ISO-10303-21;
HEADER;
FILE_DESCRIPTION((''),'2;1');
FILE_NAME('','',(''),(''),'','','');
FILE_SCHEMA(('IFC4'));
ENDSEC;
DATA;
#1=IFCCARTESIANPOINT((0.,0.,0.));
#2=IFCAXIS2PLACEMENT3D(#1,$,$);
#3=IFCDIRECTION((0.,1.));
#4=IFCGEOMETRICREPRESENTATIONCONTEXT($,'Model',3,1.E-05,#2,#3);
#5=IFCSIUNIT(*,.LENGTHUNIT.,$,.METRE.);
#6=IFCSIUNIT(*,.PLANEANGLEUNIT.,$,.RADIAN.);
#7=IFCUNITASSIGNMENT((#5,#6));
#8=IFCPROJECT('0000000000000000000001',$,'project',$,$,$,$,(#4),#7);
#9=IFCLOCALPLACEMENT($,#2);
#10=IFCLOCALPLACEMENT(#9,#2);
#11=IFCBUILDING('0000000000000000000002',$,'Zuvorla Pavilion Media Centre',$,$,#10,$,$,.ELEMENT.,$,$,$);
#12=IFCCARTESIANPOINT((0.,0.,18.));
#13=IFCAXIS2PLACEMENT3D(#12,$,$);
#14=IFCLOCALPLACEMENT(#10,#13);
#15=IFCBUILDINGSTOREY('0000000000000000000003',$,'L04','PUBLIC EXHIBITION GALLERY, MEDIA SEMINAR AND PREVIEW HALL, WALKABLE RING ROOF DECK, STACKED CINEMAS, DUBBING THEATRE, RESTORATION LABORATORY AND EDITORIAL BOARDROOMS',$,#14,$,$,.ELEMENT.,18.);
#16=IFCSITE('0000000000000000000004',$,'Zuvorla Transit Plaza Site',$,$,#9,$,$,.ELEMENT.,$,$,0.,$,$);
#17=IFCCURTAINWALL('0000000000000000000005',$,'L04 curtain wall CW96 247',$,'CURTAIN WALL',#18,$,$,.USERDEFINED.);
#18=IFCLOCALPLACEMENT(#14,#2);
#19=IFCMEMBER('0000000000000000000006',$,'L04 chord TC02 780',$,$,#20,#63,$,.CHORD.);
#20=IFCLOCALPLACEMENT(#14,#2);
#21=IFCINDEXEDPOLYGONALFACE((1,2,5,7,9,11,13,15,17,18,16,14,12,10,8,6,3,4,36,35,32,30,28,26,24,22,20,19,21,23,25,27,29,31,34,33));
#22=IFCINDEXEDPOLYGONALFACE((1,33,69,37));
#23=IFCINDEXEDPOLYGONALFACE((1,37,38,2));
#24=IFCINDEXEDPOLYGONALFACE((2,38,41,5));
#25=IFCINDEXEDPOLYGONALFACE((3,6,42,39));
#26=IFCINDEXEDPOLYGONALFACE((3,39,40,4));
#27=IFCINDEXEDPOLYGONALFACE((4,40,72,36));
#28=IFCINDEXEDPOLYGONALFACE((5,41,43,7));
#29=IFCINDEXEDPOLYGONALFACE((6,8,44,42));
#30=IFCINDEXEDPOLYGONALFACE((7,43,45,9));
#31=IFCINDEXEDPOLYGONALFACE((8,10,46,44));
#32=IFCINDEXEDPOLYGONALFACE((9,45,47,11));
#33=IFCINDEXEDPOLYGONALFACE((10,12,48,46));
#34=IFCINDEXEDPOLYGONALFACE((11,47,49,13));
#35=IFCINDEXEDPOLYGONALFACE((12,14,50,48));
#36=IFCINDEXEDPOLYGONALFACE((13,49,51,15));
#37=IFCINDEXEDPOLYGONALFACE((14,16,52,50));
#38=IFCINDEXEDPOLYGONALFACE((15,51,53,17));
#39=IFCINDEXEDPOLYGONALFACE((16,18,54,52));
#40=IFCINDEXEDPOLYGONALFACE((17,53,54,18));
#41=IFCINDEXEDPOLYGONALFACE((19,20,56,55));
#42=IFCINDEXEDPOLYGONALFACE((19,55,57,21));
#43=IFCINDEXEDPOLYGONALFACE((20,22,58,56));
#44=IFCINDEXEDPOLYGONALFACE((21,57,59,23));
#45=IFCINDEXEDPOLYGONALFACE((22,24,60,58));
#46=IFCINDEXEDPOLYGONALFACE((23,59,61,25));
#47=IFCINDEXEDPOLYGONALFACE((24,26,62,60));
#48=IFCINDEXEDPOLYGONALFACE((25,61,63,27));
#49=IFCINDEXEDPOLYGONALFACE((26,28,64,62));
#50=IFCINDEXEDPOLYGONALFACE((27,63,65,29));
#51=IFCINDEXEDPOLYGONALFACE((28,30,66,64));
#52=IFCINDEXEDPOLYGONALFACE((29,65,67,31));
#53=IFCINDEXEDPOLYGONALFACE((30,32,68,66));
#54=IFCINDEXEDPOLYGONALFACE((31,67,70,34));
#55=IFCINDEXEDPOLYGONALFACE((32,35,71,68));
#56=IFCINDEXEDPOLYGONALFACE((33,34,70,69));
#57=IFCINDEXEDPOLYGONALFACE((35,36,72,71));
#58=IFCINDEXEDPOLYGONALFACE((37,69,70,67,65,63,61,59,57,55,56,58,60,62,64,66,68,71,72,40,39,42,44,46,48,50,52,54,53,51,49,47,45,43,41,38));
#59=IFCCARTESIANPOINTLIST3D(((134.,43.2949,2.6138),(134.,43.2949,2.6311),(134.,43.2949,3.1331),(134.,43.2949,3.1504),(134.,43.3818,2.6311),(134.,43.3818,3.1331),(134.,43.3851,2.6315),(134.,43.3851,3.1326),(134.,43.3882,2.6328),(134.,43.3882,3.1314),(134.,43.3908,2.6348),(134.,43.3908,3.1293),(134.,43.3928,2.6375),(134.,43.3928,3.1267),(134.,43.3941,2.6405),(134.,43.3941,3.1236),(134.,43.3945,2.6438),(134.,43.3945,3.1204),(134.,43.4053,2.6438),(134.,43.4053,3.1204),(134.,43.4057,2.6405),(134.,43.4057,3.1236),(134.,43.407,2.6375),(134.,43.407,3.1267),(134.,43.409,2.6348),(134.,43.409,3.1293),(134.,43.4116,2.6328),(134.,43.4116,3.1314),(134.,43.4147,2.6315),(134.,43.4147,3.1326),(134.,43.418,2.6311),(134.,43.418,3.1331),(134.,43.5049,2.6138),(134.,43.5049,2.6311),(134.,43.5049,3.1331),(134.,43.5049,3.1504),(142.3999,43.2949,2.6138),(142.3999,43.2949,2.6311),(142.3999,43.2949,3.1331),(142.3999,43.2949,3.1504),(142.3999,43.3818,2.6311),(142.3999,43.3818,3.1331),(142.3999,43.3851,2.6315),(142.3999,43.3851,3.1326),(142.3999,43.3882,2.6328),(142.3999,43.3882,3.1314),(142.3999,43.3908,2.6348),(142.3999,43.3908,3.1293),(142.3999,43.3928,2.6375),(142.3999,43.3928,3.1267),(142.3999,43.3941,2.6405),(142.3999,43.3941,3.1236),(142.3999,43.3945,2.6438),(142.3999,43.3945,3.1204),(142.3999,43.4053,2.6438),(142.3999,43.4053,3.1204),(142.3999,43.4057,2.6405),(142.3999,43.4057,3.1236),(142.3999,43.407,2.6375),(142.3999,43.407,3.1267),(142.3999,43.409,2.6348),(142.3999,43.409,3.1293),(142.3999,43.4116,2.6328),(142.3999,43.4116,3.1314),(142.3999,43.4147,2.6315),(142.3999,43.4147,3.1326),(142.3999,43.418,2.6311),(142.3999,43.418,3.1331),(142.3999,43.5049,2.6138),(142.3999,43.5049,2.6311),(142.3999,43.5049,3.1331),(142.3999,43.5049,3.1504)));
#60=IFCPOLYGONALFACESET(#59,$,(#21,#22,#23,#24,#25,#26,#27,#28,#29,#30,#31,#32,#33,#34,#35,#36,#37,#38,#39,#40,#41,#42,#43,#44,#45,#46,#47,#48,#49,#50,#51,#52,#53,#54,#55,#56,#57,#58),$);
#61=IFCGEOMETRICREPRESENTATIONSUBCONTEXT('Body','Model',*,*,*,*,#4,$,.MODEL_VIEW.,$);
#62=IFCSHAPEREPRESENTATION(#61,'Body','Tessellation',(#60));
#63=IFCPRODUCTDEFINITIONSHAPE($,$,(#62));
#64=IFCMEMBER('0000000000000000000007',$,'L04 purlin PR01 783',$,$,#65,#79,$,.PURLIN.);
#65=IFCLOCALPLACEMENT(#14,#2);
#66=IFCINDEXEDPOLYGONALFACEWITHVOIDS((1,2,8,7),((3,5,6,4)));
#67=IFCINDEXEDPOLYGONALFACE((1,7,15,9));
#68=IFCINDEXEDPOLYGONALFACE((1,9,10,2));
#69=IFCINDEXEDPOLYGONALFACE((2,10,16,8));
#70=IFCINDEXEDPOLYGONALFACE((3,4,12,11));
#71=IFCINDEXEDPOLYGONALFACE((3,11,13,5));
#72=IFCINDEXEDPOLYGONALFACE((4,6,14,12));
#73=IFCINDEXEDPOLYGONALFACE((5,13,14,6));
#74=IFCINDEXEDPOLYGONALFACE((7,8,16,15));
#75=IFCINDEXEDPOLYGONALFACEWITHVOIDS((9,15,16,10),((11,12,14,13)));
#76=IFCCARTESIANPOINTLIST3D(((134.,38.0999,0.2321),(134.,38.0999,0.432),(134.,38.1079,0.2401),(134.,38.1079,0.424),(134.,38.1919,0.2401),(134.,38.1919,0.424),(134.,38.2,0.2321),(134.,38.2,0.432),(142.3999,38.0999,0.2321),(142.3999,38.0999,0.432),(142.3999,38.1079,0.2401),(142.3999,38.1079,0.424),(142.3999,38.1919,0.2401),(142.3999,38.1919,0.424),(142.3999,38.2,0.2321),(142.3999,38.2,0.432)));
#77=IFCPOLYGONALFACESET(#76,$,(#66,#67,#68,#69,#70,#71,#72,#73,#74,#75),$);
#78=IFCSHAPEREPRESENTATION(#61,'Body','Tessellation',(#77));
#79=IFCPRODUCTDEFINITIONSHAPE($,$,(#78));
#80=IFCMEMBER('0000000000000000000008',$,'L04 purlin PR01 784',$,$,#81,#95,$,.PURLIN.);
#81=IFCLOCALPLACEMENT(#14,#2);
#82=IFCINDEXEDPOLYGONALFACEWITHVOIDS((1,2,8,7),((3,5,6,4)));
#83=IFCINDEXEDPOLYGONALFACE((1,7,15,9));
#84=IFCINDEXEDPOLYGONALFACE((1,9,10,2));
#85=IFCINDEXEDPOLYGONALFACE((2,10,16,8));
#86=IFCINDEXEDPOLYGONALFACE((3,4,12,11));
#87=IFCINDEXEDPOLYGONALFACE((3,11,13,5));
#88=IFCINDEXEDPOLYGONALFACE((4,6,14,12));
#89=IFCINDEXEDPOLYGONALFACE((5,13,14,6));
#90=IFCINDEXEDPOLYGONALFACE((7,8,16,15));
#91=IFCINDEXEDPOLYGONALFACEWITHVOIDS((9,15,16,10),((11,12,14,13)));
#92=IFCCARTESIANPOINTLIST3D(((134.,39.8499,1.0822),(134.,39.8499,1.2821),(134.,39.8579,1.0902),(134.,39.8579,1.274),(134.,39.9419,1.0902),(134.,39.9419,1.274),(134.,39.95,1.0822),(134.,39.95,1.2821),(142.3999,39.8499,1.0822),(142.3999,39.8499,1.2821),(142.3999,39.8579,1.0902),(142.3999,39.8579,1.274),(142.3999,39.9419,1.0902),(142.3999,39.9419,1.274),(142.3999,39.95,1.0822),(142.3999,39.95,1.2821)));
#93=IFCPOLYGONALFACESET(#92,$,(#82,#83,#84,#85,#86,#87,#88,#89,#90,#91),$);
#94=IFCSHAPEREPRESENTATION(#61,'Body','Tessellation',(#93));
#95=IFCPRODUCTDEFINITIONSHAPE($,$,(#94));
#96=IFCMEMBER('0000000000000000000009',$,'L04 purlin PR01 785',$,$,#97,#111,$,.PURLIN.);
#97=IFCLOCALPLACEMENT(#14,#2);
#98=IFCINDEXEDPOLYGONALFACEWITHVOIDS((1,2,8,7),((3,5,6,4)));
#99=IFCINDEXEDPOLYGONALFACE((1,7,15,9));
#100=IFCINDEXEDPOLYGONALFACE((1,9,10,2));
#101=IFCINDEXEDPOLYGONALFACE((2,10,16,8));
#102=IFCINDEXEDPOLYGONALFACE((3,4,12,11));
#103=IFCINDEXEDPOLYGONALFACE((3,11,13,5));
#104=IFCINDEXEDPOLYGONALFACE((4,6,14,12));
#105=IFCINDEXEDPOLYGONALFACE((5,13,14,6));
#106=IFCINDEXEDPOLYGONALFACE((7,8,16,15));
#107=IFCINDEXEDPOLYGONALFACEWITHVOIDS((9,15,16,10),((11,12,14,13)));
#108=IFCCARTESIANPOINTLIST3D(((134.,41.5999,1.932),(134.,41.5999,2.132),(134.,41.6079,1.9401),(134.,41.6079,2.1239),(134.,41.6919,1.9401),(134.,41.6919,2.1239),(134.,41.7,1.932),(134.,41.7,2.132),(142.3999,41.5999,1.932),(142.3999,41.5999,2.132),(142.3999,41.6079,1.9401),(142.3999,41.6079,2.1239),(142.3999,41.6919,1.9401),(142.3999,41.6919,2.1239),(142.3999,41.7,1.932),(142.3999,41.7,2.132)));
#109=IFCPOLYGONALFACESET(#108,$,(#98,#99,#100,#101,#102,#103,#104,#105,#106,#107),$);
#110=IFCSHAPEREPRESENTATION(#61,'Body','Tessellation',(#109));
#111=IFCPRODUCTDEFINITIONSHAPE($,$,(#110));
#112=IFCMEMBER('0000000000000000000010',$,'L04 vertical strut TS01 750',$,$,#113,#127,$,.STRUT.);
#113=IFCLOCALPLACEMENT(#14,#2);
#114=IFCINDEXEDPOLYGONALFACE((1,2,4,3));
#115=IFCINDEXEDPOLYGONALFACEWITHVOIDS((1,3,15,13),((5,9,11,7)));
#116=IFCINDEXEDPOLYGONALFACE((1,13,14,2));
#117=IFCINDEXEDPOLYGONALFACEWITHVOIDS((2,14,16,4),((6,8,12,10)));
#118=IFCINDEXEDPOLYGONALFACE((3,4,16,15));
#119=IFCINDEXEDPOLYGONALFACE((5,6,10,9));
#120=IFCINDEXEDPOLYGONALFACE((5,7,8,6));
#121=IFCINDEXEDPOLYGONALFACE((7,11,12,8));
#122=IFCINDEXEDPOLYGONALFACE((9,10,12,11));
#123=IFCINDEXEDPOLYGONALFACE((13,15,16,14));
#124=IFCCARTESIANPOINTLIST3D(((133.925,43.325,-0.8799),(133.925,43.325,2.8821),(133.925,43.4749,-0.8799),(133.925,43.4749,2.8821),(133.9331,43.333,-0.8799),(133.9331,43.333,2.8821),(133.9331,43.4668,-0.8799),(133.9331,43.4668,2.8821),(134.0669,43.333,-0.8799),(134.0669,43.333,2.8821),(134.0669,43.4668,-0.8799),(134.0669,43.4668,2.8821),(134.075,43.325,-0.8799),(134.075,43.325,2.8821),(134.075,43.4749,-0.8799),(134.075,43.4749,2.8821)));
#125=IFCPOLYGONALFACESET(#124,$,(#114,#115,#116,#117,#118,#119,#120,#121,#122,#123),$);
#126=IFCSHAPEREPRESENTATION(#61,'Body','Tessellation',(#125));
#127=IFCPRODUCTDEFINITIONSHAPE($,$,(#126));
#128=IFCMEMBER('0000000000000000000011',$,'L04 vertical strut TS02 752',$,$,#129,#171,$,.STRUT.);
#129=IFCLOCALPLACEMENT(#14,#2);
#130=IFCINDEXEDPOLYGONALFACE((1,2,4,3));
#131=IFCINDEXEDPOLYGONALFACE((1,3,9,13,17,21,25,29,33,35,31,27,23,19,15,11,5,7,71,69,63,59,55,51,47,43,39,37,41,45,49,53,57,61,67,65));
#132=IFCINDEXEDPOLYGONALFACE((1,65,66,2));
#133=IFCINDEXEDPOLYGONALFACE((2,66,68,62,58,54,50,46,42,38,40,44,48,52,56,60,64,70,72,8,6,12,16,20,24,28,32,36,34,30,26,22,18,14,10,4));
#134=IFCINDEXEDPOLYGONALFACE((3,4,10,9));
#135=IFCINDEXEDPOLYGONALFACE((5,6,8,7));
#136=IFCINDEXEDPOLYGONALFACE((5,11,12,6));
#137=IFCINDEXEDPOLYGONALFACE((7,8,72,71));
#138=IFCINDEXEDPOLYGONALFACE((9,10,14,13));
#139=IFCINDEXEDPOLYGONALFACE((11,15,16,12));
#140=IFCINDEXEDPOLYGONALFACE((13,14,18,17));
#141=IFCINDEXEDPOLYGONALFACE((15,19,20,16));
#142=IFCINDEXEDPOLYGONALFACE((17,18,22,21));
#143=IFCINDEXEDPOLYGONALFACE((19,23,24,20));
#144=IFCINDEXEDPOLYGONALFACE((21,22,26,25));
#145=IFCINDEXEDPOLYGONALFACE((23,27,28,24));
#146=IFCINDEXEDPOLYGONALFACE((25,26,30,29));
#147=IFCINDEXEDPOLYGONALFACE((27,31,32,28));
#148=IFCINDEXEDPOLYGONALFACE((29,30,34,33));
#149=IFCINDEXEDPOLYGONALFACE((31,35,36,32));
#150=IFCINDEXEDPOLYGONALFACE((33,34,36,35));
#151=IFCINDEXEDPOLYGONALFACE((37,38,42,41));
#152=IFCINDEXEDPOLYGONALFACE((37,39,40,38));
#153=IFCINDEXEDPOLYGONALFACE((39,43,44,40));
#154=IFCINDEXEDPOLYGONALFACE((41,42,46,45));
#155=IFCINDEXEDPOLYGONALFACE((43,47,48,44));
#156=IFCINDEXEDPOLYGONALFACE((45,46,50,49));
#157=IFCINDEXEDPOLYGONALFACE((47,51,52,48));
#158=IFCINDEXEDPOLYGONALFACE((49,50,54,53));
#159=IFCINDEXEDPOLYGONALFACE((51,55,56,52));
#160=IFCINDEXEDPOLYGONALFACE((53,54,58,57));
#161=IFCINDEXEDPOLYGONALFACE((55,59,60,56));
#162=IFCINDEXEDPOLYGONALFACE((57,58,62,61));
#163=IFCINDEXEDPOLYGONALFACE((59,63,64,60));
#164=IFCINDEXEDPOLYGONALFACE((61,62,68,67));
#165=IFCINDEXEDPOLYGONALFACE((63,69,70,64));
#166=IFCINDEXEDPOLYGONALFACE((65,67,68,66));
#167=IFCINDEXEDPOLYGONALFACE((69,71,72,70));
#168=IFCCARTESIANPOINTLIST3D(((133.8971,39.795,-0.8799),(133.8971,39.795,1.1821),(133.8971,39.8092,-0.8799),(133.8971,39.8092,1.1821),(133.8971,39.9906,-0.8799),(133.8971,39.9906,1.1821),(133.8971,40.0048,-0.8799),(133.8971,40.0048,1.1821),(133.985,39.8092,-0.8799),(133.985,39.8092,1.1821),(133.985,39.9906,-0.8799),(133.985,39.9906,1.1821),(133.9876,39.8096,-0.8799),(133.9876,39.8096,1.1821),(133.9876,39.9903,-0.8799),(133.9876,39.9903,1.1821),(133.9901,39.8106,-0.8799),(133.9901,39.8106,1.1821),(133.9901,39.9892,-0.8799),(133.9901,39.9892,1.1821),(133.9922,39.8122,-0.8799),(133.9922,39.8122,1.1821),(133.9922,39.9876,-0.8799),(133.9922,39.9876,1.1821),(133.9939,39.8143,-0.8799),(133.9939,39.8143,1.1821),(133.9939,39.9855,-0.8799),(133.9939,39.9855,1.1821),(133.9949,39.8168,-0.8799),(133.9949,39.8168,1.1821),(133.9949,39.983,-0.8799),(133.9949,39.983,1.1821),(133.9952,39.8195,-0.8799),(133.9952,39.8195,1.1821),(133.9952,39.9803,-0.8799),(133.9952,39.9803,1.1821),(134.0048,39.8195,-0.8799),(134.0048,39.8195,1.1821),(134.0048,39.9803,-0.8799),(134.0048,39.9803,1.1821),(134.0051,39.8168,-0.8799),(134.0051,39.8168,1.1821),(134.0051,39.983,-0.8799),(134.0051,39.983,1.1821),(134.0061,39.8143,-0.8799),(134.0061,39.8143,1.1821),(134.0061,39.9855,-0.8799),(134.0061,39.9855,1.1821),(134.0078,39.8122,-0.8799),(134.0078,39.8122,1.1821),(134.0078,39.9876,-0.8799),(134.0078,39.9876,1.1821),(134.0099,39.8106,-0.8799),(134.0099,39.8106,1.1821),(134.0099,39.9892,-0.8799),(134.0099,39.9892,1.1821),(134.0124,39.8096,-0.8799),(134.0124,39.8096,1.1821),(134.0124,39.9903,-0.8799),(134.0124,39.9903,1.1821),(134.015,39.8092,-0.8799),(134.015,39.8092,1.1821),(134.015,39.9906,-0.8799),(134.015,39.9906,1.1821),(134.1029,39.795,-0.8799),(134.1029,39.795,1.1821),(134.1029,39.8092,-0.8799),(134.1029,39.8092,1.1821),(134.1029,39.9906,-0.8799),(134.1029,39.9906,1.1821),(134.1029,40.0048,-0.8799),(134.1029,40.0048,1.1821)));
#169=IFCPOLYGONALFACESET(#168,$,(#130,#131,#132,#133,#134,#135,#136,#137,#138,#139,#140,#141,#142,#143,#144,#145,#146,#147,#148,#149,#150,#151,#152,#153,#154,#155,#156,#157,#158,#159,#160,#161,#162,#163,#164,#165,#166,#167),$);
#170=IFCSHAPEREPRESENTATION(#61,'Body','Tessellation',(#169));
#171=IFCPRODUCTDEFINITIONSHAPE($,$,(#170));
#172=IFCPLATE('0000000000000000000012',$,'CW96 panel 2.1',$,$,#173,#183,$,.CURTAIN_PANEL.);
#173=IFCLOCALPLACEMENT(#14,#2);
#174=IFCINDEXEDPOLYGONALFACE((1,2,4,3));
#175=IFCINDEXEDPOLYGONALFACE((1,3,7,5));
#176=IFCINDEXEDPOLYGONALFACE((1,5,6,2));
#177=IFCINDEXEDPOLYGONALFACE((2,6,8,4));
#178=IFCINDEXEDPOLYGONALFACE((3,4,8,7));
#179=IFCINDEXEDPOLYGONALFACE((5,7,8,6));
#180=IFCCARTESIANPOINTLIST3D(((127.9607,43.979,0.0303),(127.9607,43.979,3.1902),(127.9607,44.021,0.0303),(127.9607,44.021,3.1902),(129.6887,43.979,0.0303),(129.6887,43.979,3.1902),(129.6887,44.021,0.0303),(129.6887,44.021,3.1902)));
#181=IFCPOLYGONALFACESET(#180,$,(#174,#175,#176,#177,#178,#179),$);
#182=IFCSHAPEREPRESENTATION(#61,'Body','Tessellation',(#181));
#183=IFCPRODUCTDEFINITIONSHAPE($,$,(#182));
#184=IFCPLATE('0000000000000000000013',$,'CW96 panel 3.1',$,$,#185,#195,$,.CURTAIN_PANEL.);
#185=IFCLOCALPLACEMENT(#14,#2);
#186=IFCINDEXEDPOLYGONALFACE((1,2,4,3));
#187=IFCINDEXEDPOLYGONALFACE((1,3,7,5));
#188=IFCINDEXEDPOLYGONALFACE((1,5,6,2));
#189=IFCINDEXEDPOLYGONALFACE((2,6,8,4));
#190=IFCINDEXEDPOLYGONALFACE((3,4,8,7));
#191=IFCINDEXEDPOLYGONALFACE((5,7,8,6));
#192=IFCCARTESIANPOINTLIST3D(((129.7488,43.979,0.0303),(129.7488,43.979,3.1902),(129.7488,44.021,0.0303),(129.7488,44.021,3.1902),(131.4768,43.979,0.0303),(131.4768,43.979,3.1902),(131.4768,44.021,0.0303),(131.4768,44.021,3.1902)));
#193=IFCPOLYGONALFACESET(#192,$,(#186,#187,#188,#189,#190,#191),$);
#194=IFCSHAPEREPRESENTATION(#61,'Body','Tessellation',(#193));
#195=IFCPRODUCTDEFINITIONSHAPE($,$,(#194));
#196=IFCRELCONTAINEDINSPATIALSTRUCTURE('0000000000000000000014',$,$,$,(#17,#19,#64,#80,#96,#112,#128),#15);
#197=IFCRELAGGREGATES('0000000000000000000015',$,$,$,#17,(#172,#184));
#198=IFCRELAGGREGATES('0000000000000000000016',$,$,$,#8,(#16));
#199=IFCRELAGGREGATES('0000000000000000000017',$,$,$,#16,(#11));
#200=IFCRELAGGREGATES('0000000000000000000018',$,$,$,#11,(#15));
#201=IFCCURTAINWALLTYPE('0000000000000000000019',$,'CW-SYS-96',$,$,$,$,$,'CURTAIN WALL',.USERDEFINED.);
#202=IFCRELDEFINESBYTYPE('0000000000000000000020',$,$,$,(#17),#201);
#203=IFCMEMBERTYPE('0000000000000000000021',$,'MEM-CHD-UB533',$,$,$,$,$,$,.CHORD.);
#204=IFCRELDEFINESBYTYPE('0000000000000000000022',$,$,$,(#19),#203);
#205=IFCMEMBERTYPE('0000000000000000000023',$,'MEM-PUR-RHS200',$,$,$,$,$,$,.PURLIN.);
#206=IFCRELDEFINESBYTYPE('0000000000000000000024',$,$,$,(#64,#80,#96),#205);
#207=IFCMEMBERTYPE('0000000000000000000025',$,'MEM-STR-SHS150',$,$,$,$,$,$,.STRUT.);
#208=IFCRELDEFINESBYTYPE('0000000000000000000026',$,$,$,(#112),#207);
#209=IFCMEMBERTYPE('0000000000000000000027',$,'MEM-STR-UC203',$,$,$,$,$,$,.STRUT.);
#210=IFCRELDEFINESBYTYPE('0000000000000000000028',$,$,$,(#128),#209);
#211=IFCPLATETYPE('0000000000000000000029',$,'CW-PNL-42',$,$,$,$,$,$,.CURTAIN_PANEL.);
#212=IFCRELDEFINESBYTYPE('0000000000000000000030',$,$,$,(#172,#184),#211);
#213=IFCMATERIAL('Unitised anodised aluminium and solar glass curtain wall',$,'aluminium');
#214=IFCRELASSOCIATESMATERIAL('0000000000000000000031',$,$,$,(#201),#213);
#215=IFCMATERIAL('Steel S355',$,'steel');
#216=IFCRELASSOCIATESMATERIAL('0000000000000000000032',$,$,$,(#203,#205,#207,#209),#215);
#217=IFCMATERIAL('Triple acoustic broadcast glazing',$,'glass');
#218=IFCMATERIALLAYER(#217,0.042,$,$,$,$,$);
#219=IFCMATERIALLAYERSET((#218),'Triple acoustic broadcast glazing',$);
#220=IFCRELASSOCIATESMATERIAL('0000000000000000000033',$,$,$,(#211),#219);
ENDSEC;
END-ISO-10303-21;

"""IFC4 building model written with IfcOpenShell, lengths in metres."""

from ifc_helpers import new_model, si_unit, direction, frame, origin, origin_2d, place, context, subcontext, project, spatial, rectangle, hollow_rectangle, i_section, extrude, material, layer, layer_set, material_profile, profile_set, type_object, element, aggregate, save


model = new_model("IFC4")

# Units and contexts
model_context = context("Model", 3, precision=1e-05, world=origin(), true_north=direction((0.0, 1.0)))
body_context = subcontext(model_context, "Body", "Model", "MODEL_VIEW")
ifc_project = project(units=[si_unit("LENGTHUNIT", "METRE"), si_unit("PLANEANGLEUNIT", "RADIAN")], contexts=[model_context])

# Site, building, storey
site_placement = place(None, origin())
site = spatial("IfcSite", under=ifc_project, at=site_placement, Name="Zuvorla Transit Plaza Site", CompositionType="ELEMENT", RefElevation=0.0)
building_placement = place(site_placement, origin())
building = spatial("IfcBuilding", under=site, at=building_placement, Name="Zuvorla Pavilion Media Centre", CompositionType="ELEMENT")
storey_placement = place(building_placement, frame((0.0, 0.0, 18.0)))
storey = spatial("IfcBuildingStorey", under=building, at=storey_placement, Name="L04", Description="PUBLIC EXHIBITION GALLERY, MEDIA SEMINAR AND PREVIEW HALL, WALKABLE RING ROOF DECK, STACKED CINEMAS, DUBBING THEATRE, RESTORATION LABORATORY AND EDITORIAL BOARDROOMS", CompositionType="ELEMENT", Elevation=18.0)

# Curtain wall
ifc_material_1 = material(Name="Unitised anodised aluminium and solar glass curtain wall", Category="aluminium")
curtain_wall_type = type_object("IfcCurtainWallType", Name="CW-SYS-96", ElementType="CURTAIN WALL", PredefinedType="USERDEFINED", material=ifc_material_1)
curtain_wall_placement = place(storey_placement, origin())
curtain_wall = element("IfcCurtainWall", 1, at=curtain_wall_placement, inside=storey, type_object=curtain_wall_type, Name="L04 curtain wall CW96 247", ObjectType="CURTAIN WALL", PredefinedType="USERDEFINED")

# Members
ifc_material_2 = material(Name="Steel S355", Category="steel")
ifc_material_profile_1 = material_profile(ifc_material_2, i_section(OverallWidth=0.21, OverallDepth=0.5366, WebThickness=0.0107, FlangeThickness=0.0173, FilletRadius=0.0127, at=origin_2d()), Name="UB 533x210x101")
ifc_profile_set_1 = profile_set([ifc_material_profile_1], Name="Steel S355")
member_type_1 = type_object("IfcMemberType", Name="MEM-CHD-UB533", PredefinedType="CHORD", material=ifc_profile_set_1)
member_1_placement = place(storey_placement, frame((134.0, 43.3999, 2.8821), z_axis=(1.0, 0.0, 0.0), x_axis=(0.0, 1.0, 0.0)))
element("IfcMember", 2, at=member_1_placement, inside=storey, type_object=member_type_1, Name="L04 chord TC02 780", PredefinedType="CHORD", context=body_context, shape_type="SweptSolid", body=[
    extrude(i_section(OverallWidth=0.21, OverallDepth=0.5366, WebThickness=0.0107, FlangeThickness=0.0173, FilletRadius=0.0127, at=origin_2d()), origin(), (0.0, 0.0, 1.0), 8.3999),
])
ifc_material_profile_2 = material_profile(ifc_material_2, hollow_rectangle(XDim=0.1001, YDim=0.2, WallThickness=0.0081, at=origin_2d()), Name="RHS 200x100x8")
ifc_profile_set_2 = profile_set([ifc_material_profile_2], Name="Steel S355")
member_type_2 = type_object("IfcMemberType", Name="MEM-PUR-RHS200", PredefinedType="PURLIN", material=ifc_profile_set_2)
for number, where, z_axis, x_axis, name in (
    (3, (134.0, 38.1499, 0.332), (1.0, 0.0, 0.0), (0.0, 1.0, 0.0), "L04 purlin PR01 783"),
    (4, (134.0, 39.8999, 1.1821), (1.0, 0.0, 0.0), (0.0, 1.0, 0.0), "L04 purlin PR01 784"),
    (5, (134.0, 41.6499, 2.032), (1.0, 0.0, 0.0), (0.0, 1.0, 0.0), "L04 purlin PR01 785"),
):
    element("IfcMember", number, at=place(storey_placement, frame(where, z_axis=z_axis, x_axis=x_axis)), inside=storey, type_object=member_type_2, Name=name, PredefinedType="PURLIN", context=body_context, shape_type="SweptSolid", body=[
        extrude(hollow_rectangle(XDim=0.1001, YDim=0.2, WallThickness=0.0081, at=origin_2d()), origin(), (0.0, 0.0, 1.0), 8.3999),
    ])
ifc_material_profile_3 = material_profile(ifc_material_2, hollow_rectangle(XDim=0.1499, YDim=0.1499, WallThickness=0.0081, at=origin_2d()), Name="SHS 150x150x8")
ifc_profile_set_3 = profile_set([ifc_material_profile_3], Name="Steel S355")
member_type_3 = type_object("IfcMemberType", Name="MEM-STR-SHS150", PredefinedType="STRUT", material=ifc_profile_set_3)
member_2_placement = place(storey_placement, frame((134.0, 43.3999, -0.8799), z_axis=(0.0, 0.0, 1.0), x_axis=(1.0, 0.0, 0.0)))
element("IfcMember", 6, at=member_2_placement, inside=storey, type_object=member_type_3, Name="L04 vertical strut TS01 750", PredefinedType="STRUT", context=body_context, shape_type="SweptSolid", body=[
    extrude(hollow_rectangle(XDim=0.1499, YDim=0.1499, WallThickness=0.0081, at=origin_2d()), origin(), (0.0, 0.0, 1.0), 3.762),
])
ifc_material_profile_4 = material_profile(ifc_material_2, i_section(OverallWidth=0.2058, OverallDepth=0.2097, WebThickness=0.0095, FlangeThickness=0.0142, FilletRadius=0.0103, at=origin_2d()), Name="UC 203x203x60")
ifc_profile_set_4 = profile_set([ifc_material_profile_4], Name="Steel S355")
member_type_4 = type_object("IfcMemberType", Name="MEM-STR-UC203", PredefinedType="STRUT", material=ifc_profile_set_4)
member_3_placement = place(storey_placement, frame((134.0, 39.8999, -0.8799), z_axis=(0.0, 0.0, 1.0), x_axis=(1.0, 0.0, 0.0)))
element("IfcMember", 7, at=member_3_placement, inside=storey, type_object=member_type_4, Name="L04 vertical strut TS02 752", PredefinedType="STRUT", context=body_context, shape_type="SweptSolid", body=[
    extrude(i_section(OverallWidth=0.2058, OverallDepth=0.2097, WebThickness=0.0095, FlangeThickness=0.0142, FilletRadius=0.0103, at=origin_2d()), origin(), (0.0, 0.0, 1.0), 2.062),
])

# Plates
ifc_material_3 = material(Name="Triple acoustic broadcast glazing", Category="glass")
ifc_layer_1 = layer(ifc_material_3, 0.042)
ifc_layer_set_1 = layer_set([ifc_layer_1], Name="Triple acoustic broadcast glazing")
plate_type_1 = type_object("IfcPlateType", Name="CW-PNL-42", PredefinedType="CURTAIN_PANEL", material=ifc_layer_set_1)
plate_1_placement = place(storey_placement, frame((128.8247, 44.0, 0.0303), z_axis=(0.0, 0.0, 1.0), x_axis=(1.0, 0.0, 0.0)))
plate_1 = element("IfcPlate", 8, at=plate_1_placement, type_object=plate_type_1, Name="CW96 panel 2.1", PredefinedType="CURTAIN_PANEL", context=body_context, shape_type="SweptSolid", body=[
    extrude(rectangle(XDim=1.728, YDim=0.042, at=origin_2d()), origin(), (0.0, 0.0, 1.0), 3.1599),
])
plate_2_placement = place(storey_placement, frame((130.6128, 44.0, 0.0303), z_axis=(0.0, 0.0, 1.0), x_axis=(1.0, 0.0, 0.0)))
plate_2 = element("IfcPlate", 9, at=plate_2_placement, type_object=plate_type_1, Name="CW96 panel 3.1", PredefinedType="CURTAIN_PANEL", context=body_context, shape_type="SweptSolid", body=[
    extrude(rectangle(XDim=1.728, YDim=0.042, at=origin_2d()), origin(), (0.0, 0.0, 1.0), 3.1599),
])
aggregate(curtain_wall, [plate_1, plate_2])

save(model, "model.ifc")
